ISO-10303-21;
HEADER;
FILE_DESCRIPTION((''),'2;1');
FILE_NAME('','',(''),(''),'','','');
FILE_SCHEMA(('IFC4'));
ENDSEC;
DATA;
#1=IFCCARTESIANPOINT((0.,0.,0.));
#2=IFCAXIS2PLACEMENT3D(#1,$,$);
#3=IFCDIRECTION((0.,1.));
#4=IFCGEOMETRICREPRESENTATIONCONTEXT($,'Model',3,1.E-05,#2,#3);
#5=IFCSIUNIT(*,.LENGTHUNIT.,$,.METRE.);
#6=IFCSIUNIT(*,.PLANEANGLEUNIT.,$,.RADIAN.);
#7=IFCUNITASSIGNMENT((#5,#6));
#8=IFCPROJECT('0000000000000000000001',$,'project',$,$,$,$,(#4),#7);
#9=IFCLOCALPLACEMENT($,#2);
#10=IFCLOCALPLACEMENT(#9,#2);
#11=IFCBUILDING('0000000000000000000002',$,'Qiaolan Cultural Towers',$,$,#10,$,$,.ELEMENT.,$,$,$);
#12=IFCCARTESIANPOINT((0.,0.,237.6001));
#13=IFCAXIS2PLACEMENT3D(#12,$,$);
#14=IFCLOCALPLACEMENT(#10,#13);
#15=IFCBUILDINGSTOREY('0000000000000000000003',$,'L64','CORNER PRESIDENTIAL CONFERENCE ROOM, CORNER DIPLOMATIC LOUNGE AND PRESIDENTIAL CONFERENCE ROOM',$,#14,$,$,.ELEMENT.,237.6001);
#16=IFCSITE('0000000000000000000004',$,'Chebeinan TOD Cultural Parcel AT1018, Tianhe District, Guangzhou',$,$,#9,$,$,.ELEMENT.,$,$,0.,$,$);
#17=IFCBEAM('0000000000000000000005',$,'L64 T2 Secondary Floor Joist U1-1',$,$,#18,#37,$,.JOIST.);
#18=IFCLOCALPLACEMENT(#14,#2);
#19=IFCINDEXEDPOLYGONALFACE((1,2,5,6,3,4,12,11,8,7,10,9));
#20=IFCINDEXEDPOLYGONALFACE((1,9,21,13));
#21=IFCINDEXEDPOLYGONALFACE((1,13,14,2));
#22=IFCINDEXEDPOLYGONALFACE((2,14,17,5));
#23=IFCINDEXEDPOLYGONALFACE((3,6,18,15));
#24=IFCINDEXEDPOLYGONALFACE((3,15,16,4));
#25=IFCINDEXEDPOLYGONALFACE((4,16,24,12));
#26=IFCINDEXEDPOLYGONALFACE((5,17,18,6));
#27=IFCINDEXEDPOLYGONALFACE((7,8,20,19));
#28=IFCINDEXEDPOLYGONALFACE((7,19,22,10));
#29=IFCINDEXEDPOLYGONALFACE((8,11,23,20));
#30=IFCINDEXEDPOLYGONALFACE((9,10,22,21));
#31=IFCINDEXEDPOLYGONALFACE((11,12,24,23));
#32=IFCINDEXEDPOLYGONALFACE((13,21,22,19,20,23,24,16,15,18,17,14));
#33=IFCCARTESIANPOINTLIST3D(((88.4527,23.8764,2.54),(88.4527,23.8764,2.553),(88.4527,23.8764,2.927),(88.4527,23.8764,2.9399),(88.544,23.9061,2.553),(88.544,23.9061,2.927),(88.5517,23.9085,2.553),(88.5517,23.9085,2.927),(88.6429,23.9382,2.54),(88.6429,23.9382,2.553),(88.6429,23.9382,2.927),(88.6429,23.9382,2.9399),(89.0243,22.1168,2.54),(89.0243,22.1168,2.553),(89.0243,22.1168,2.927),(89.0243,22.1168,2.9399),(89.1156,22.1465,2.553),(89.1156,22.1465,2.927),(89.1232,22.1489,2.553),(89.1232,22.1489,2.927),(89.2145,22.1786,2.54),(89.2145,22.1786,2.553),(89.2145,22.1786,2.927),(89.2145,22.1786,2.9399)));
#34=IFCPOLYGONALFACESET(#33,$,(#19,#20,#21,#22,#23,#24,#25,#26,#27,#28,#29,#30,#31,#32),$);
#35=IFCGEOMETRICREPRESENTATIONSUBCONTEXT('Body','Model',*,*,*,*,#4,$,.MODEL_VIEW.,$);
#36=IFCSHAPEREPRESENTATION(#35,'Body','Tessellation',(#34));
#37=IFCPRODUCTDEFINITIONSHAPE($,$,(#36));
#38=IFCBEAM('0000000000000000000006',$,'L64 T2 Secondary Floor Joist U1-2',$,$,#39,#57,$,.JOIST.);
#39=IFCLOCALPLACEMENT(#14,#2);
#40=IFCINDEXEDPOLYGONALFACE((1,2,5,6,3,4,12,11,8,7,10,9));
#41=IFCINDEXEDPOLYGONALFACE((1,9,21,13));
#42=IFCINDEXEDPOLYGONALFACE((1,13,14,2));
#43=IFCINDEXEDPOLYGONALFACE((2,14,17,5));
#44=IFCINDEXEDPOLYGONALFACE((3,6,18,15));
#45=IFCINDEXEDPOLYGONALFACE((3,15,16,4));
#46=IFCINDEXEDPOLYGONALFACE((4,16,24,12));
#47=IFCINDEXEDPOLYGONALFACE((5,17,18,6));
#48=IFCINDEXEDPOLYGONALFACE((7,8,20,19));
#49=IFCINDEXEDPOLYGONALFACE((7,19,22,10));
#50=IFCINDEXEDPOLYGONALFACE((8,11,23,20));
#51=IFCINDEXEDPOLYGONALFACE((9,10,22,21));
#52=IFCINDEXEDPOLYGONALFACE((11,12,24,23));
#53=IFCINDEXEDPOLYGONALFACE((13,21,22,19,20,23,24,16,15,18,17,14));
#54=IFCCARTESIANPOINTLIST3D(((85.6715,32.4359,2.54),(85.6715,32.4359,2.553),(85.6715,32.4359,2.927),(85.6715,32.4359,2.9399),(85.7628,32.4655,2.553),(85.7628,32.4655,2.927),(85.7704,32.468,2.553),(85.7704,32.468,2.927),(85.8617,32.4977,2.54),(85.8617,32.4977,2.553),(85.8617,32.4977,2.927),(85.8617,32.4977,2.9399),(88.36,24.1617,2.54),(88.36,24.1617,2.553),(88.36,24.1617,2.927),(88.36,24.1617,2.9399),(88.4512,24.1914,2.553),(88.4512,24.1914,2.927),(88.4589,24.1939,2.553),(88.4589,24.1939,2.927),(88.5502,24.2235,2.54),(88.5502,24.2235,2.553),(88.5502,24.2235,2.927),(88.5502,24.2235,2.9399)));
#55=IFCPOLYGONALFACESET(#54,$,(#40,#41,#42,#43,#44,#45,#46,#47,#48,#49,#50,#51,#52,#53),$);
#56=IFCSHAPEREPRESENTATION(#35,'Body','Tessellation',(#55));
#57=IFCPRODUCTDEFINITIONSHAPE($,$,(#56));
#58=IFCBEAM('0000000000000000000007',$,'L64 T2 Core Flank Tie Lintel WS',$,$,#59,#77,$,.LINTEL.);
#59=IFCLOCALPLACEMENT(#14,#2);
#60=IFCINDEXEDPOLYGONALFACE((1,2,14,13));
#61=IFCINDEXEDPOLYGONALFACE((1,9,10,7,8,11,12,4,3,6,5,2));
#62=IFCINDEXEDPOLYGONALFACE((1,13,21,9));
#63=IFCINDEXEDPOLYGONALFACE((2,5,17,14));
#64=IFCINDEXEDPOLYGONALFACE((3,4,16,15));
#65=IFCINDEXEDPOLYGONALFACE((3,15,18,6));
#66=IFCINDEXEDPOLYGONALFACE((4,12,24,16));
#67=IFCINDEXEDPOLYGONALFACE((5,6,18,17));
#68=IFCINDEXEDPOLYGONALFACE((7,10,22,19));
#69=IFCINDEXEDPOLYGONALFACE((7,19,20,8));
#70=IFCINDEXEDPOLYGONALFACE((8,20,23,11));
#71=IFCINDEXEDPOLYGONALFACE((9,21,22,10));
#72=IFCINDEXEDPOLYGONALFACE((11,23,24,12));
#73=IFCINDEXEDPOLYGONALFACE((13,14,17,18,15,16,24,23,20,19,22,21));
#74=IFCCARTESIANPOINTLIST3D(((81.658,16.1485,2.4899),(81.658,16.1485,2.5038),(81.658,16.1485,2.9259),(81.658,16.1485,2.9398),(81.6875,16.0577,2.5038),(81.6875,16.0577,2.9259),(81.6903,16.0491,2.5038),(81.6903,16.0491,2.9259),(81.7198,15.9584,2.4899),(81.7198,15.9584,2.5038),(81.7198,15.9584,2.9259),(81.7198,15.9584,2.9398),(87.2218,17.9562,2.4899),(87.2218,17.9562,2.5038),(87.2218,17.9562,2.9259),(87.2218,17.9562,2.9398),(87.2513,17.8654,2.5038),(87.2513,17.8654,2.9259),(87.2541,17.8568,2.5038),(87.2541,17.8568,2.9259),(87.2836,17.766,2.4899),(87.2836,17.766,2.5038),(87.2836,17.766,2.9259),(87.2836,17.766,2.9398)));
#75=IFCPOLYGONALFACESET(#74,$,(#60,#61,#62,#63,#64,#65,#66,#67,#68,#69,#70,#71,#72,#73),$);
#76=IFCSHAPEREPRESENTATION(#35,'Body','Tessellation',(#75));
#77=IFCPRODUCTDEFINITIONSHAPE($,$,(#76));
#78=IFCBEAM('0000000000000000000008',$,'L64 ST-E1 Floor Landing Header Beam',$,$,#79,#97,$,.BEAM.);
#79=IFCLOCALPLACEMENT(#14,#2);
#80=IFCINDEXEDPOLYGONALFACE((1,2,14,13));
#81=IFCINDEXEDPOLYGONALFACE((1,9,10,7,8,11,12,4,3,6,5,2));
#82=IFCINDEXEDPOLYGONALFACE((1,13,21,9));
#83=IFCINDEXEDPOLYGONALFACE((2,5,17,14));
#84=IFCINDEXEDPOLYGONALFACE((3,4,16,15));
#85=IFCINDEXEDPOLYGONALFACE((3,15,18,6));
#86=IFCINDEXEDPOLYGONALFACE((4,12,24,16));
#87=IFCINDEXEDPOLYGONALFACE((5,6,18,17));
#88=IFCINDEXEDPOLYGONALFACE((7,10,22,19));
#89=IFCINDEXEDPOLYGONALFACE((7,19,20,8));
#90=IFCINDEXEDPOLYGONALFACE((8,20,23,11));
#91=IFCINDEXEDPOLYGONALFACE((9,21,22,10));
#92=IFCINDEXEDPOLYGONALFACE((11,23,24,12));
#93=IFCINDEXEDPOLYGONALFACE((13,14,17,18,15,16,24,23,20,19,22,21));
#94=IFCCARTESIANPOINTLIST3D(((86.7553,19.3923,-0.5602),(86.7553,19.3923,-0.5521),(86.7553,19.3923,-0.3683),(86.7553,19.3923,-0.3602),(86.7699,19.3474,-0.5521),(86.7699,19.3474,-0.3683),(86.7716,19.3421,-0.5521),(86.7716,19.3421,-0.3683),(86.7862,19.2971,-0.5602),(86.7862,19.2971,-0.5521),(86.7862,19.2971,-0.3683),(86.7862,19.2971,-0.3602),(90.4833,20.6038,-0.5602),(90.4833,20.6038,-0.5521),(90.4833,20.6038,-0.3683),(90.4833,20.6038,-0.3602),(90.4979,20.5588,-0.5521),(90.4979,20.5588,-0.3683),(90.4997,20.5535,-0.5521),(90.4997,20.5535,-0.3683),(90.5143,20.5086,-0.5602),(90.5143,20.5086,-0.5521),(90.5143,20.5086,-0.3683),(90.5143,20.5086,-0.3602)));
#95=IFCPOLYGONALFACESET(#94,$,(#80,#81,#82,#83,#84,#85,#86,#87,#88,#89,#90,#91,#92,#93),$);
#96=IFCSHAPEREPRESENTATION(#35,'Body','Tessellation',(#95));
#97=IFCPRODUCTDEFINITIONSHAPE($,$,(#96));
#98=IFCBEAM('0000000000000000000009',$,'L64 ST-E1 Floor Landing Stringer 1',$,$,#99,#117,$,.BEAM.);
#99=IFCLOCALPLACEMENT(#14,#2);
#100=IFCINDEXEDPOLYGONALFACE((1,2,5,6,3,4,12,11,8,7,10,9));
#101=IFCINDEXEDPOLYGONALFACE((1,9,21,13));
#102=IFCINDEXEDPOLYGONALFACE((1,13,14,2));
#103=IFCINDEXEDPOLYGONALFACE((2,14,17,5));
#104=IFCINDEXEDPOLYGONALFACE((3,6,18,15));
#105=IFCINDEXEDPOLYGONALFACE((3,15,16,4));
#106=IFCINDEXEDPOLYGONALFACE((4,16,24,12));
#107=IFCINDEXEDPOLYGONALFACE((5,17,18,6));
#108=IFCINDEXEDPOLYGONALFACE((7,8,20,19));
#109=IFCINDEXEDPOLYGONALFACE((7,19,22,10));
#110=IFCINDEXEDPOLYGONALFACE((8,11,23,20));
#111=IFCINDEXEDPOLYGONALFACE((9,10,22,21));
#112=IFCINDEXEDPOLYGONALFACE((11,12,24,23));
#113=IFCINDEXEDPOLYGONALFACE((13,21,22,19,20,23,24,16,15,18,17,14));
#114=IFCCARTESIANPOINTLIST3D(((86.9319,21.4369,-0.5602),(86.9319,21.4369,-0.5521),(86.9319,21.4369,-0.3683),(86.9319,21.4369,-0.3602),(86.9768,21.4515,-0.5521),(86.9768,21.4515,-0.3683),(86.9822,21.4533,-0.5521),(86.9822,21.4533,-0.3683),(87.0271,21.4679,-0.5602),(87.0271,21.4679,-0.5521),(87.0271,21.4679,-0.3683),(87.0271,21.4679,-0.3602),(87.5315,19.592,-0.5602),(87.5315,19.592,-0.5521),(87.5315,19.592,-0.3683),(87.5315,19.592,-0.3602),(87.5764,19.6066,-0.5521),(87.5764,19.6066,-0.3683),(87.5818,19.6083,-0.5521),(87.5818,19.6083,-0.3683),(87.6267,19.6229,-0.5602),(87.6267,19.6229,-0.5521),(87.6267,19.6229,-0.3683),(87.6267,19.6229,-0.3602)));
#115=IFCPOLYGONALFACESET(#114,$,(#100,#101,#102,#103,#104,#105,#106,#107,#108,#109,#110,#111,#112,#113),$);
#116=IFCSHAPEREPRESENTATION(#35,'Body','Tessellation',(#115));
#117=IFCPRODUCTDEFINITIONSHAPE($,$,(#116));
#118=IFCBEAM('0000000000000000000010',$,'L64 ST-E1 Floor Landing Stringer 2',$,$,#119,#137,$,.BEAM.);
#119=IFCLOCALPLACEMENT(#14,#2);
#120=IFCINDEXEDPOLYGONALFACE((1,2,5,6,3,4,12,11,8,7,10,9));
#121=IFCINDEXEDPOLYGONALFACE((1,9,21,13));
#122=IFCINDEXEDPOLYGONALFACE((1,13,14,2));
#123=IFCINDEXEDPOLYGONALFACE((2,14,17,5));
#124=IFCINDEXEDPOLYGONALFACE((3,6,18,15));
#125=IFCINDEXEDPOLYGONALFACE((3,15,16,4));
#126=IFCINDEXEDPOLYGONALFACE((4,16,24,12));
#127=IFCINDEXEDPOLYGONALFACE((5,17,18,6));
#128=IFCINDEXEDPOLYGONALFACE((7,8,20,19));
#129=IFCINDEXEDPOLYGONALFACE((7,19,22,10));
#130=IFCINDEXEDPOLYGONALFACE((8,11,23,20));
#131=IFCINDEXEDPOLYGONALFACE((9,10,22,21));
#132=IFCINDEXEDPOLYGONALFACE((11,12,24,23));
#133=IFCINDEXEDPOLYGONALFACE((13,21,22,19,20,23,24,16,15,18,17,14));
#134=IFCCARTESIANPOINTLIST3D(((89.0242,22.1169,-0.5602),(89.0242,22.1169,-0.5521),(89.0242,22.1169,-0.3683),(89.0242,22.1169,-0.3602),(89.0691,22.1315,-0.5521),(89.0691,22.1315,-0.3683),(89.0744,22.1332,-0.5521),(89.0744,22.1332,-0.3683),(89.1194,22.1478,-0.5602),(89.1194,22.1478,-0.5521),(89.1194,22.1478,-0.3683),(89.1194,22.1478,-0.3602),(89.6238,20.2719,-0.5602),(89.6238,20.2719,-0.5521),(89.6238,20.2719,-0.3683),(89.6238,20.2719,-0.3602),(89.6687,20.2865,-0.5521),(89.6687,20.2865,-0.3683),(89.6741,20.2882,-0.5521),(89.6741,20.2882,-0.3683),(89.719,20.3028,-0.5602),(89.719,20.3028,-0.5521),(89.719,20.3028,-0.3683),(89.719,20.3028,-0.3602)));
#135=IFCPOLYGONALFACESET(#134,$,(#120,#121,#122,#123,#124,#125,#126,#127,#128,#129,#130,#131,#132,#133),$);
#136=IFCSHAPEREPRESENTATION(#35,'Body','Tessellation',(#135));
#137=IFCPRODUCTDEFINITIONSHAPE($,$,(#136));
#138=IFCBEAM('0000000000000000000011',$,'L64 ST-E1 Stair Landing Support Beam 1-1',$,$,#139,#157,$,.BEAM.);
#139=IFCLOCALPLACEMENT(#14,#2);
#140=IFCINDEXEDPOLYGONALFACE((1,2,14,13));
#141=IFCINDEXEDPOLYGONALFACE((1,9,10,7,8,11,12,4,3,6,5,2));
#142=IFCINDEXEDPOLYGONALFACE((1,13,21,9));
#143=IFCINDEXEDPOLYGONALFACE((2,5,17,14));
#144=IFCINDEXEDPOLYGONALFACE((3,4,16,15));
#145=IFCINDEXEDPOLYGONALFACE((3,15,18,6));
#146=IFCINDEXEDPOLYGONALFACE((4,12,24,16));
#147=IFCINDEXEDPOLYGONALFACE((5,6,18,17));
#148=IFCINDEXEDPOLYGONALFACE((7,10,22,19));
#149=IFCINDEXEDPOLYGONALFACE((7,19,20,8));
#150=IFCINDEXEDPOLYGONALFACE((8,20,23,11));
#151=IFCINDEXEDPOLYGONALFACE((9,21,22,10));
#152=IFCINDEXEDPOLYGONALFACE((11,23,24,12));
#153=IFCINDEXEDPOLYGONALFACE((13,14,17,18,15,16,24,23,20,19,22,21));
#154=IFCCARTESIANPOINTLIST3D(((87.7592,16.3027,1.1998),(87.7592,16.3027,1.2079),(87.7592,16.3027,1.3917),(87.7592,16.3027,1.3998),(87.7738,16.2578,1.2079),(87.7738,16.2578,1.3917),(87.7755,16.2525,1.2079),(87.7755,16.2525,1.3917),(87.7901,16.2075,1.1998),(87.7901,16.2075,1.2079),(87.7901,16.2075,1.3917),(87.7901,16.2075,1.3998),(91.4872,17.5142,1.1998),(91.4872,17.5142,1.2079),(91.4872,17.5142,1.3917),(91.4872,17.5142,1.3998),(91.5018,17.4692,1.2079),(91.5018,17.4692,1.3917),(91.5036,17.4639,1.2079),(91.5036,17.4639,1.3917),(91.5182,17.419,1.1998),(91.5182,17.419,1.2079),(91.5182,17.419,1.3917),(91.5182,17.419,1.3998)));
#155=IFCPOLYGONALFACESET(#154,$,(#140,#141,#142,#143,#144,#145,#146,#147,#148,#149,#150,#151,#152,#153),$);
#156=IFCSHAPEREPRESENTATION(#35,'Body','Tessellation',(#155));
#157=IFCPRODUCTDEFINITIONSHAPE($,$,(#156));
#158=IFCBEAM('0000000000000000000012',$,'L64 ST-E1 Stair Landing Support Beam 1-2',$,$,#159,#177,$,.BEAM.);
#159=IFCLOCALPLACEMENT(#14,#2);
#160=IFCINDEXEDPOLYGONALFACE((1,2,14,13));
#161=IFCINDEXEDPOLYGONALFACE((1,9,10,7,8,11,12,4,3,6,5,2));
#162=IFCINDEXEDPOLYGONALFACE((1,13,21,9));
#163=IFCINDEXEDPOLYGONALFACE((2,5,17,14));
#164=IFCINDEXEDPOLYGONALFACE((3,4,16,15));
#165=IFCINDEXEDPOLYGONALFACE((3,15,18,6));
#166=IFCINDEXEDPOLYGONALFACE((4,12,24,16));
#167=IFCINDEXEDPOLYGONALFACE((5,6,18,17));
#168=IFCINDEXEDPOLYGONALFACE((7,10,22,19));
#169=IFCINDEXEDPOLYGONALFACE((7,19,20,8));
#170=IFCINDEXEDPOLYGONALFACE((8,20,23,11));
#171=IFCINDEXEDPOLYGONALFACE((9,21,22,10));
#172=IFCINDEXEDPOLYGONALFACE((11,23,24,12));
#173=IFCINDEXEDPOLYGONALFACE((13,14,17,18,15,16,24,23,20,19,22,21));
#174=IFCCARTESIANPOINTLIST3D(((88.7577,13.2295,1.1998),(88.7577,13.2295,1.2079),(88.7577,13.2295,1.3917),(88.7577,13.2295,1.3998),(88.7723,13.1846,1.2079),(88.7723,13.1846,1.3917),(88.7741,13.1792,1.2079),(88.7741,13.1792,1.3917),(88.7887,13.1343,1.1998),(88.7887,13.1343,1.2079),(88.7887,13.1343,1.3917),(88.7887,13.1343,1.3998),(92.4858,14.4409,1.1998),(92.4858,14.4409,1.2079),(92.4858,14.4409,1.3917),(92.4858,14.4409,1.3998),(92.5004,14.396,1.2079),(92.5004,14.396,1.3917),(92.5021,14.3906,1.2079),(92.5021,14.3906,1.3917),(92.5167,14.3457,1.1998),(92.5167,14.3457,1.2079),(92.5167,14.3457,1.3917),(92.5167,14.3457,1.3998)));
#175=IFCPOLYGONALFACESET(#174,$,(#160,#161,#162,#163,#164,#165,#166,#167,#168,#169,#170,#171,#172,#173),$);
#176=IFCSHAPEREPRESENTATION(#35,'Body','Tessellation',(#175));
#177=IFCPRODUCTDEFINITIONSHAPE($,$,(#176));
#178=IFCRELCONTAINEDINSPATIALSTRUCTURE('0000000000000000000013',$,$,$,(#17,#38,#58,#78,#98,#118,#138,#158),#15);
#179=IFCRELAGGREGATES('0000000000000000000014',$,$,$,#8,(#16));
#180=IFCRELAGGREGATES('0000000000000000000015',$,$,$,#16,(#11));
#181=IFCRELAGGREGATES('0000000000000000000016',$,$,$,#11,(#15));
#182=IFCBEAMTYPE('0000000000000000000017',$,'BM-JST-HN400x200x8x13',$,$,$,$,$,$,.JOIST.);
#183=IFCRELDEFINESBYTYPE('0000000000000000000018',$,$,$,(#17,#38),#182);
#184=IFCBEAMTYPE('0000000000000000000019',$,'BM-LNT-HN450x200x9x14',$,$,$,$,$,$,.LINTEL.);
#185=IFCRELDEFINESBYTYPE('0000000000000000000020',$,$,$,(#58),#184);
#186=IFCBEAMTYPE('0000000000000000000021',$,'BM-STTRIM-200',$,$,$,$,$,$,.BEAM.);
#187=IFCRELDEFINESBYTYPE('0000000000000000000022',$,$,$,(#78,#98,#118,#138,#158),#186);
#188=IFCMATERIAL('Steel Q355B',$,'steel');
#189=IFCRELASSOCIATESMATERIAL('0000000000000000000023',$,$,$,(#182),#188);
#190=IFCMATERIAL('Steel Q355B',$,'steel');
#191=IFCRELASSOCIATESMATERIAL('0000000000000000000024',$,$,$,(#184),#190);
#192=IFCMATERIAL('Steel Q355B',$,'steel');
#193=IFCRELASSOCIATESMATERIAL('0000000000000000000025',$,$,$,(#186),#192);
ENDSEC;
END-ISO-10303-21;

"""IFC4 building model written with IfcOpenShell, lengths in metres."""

from ifc_helpers import new_model, si_unit, direction, frame, origin, origin_2d, place, context, subcontext, project, spatial, i_section, extrude, material, material_profile, profile_set, type_object, element, save


model = new_model("IFC4")

# Units and contexts
model_context = context("Model", 3, precision=1e-05, world=origin(), true_north=direction((0.0, 1.0)))
body_context = subcontext(model_context, "Body", "Model", "MODEL_VIEW")
ifc_project = project(units=[si_unit("LENGTHUNIT", "METRE"), si_unit("PLANEANGLEUNIT", "RADIAN")], contexts=[model_context])

# Site, building, storey
site_placement = place(None, origin())
site = spatial("IfcSite", under=ifc_project, at=site_placement, Name="Chebeinan TOD Cultural Parcel AT1018, Tianhe District, Guangzhou", CompositionType="ELEMENT", RefElevation=0.0)
building_placement = place(site_placement, origin())
building = spatial("IfcBuilding", under=site, at=building_placement, Name="Qiaolan Cultural Towers", CompositionType="ELEMENT")
storey_placement = place(building_placement, frame((0.0, 0.0, 237.6001)))
storey = spatial("IfcBuildingStorey", under=building, at=storey_placement, Name="L64", Description="CORNER PRESIDENTIAL CONFERENCE ROOM, CORNER DIPLOMATIC LOUNGE AND PRESIDENTIAL CONFERENCE ROOM", CompositionType="ELEMENT", Elevation=237.6001)

# Beams
ifc_material_1 = material(Name="Steel Q355B", Category="steel")
ifc_material_profile_1 = material_profile(ifc_material_1, i_section(OverallWidth=0.2, OverallDepth=0.3999, WebThickness=0.0081, FlangeThickness=0.0129, at=origin_2d()), Name="HN400x200x8x13")
ifc_profile_set_1 = profile_set([ifc_material_profile_1], Name="Steel Q355B")
beam_type_1 = type_object("IfcBeamType", Name="BM-JST-HN400x200x8x13", PredefinedType="JOIST", material=ifc_profile_set_1)
beam_1_placement = place(storey_placement, frame((89.1194, 22.1477, 2.74), z_axis=(-0.308934, 0.951084, 0.0), x_axis=(-0.951084, -0.308934, 0.0)))
element("IfcBeam", 1, at=beam_1_placement, inside=storey, type_object=beam_type_1, Name="L64 T2 Secondary Floor Joist U1-1", PredefinedType="JOIST", context=body_context, shape_type="SweptSolid", body=[
    extrude(i_section(OverallWidth=0.2, OverallDepth=0.3999, WebThickness=0.0081, FlangeThickness=0.0129, at=origin_2d()), origin(), (0.0, 0.0, 1.0), 1.8501),
])
beam_2_placement = place(storey_placement, frame((88.4551, 24.1926, 2.74), z_axis=(-0.309021, 0.951055, 0.0), x_axis=(-0.951055, -0.309021, 0.0)))
element("IfcBeam", 2, at=beam_2_placement, inside=storey, type_object=beam_type_1, Name="L64 T2 Secondary Floor Joist U1-2", PredefinedType="JOIST", context=body_context, shape_type="SweptSolid", body=[
    extrude(i_section(OverallWidth=0.2, OverallDepth=0.3999, WebThickness=0.0081, FlangeThickness=0.0129, at=origin_2d()), origin(), (0.0, 0.0, 1.0), 8.7),
])
ifc_material_2 = material(Name="Steel Q355B", Category="steel")
ifc_material_profile_2 = material_profile(ifc_material_2, i_section(OverallWidth=0.2, OverallDepth=0.45, WebThickness=0.009, FlangeThickness=0.0139, at=origin_2d()), Name="HN450x200x9x14")
ifc_profile_set_2 = profile_set([ifc_material_profile_2], Name="Steel Q355B")
beam_type_2 = type_object("IfcBeamType", Name="BM-LNT-HN450x200x9x14", PredefinedType="LINTEL", material=ifc_profile_set_2)
beam_3_placement = place(storey_placement, frame((87.2527, 17.8611, 2.7148), z_axis=(-0.951064, -0.308995, 0.0), x_axis=(0.308995, -0.951064, 0.0)))
element("IfcBeam", 3, at=beam_3_placement, inside=storey, type_object=beam_type_2, Name="L64 T2 Core Flank Tie Lintel WS", PredefinedType="LINTEL", context=body_context, shape_type="SweptSolid", body=[
    extrude(i_section(OverallWidth=0.2, OverallDepth=0.45, WebThickness=0.009, FlangeThickness=0.0139, at=origin_2d()), origin(), (0.0, 0.0, 1.0), 5.8501),
])
ifc_material_3 = material(Name="Steel Q355B", Category="steel")
ifc_material_profile_3 = material_profile(ifc_material_3, i_section(OverallWidth=0.1001, OverallDepth=0.2, WebThickness=0.0056, FlangeThickness=0.0081, at=origin_2d()), Name="HN200x100x5.5x8")
ifc_profile_set_3 = profile_set([ifc_material_profile_3], Name="Steel Q355B")
beam_type_3 = type_object("IfcBeamType", Name="BM-STTRIM-200", PredefinedType="BEAM", material=ifc_profile_set_3)
beam_4_placement = place(storey_placement, frame((86.7708, 19.3447, -0.4602), z_axis=(0.951048, 0.309044, 0.0), x_axis=(-0.309044, 0.951048, 0.0)))
element("IfcBeam", 4, at=beam_4_placement, inside=storey, type_object=beam_type_3, Name="L64 ST-E1 Floor Landing Header Beam", PredefinedType="BEAM", context=body_context, shape_type="SweptSolid", body=[
    extrude(i_section(OverallWidth=0.1001, OverallDepth=0.2, WebThickness=0.0056, FlangeThickness=0.0081, at=origin_2d()), origin(), (0.0, 0.0, 1.0), 3.9199),
])
for number, where, z_axis, x_axis, name in (
    (5, (86.9795, 21.4524, -0.4602), (0.309083, -0.951035, 0.0), (0.951035, 0.309083, 0.0), "L64 ST-E1 Floor Landing Stringer 1"),
    (6, (89.0718, 22.1323, -0.4602), (0.309083, -0.951035, 0.0), (0.951035, 0.309083, 0.0), "L64 ST-E1 Floor Landing Stringer 2"),
):
    element("IfcBeam", number, at=place(storey_placement, frame(where, z_axis=z_axis, x_axis=x_axis)), inside=storey, type_object=beam_type_3, Name=name, PredefinedType="BEAM", context=body_context, shape_type="SweptSolid", body=[
        extrude(i_section(OverallWidth=0.1001, OverallDepth=0.2, WebThickness=0.0056, FlangeThickness=0.0081, at=origin_2d()), origin(), (0.0, 0.0, 1.0), 1.9399),
    ])
for number, where, z_axis, x_axis, name in (
    (7, (87.7747, 16.2551, 1.2998), (0.951048, 0.309044, 0.0), (-0.309044, 0.951048, 0.0), "L64 ST-E1 Stair Landing Support Beam 1-1"),
    (8, (88.7732, 13.1819, 1.2998), (0.951048, 0.309044, 0.0), (-0.309044, 0.951048, 0.0), "L64 ST-E1 Stair Landing Support Beam 1-2"),
):
    element("IfcBeam", number, at=place(storey_placement, frame(where, z_axis=z_axis, x_axis=x_axis)), inside=storey, type_object=beam_type_3, Name=name, PredefinedType="BEAM", context=body_context, shape_type="SweptSolid", body=[
        extrude(i_section(OverallWidth=0.1001, OverallDepth=0.2, WebThickness=0.0056, FlangeThickness=0.0081, at=origin_2d()), origin(), (0.0, 0.0, 1.0), 3.9199),
    ])

save(model, "model.ifc")
